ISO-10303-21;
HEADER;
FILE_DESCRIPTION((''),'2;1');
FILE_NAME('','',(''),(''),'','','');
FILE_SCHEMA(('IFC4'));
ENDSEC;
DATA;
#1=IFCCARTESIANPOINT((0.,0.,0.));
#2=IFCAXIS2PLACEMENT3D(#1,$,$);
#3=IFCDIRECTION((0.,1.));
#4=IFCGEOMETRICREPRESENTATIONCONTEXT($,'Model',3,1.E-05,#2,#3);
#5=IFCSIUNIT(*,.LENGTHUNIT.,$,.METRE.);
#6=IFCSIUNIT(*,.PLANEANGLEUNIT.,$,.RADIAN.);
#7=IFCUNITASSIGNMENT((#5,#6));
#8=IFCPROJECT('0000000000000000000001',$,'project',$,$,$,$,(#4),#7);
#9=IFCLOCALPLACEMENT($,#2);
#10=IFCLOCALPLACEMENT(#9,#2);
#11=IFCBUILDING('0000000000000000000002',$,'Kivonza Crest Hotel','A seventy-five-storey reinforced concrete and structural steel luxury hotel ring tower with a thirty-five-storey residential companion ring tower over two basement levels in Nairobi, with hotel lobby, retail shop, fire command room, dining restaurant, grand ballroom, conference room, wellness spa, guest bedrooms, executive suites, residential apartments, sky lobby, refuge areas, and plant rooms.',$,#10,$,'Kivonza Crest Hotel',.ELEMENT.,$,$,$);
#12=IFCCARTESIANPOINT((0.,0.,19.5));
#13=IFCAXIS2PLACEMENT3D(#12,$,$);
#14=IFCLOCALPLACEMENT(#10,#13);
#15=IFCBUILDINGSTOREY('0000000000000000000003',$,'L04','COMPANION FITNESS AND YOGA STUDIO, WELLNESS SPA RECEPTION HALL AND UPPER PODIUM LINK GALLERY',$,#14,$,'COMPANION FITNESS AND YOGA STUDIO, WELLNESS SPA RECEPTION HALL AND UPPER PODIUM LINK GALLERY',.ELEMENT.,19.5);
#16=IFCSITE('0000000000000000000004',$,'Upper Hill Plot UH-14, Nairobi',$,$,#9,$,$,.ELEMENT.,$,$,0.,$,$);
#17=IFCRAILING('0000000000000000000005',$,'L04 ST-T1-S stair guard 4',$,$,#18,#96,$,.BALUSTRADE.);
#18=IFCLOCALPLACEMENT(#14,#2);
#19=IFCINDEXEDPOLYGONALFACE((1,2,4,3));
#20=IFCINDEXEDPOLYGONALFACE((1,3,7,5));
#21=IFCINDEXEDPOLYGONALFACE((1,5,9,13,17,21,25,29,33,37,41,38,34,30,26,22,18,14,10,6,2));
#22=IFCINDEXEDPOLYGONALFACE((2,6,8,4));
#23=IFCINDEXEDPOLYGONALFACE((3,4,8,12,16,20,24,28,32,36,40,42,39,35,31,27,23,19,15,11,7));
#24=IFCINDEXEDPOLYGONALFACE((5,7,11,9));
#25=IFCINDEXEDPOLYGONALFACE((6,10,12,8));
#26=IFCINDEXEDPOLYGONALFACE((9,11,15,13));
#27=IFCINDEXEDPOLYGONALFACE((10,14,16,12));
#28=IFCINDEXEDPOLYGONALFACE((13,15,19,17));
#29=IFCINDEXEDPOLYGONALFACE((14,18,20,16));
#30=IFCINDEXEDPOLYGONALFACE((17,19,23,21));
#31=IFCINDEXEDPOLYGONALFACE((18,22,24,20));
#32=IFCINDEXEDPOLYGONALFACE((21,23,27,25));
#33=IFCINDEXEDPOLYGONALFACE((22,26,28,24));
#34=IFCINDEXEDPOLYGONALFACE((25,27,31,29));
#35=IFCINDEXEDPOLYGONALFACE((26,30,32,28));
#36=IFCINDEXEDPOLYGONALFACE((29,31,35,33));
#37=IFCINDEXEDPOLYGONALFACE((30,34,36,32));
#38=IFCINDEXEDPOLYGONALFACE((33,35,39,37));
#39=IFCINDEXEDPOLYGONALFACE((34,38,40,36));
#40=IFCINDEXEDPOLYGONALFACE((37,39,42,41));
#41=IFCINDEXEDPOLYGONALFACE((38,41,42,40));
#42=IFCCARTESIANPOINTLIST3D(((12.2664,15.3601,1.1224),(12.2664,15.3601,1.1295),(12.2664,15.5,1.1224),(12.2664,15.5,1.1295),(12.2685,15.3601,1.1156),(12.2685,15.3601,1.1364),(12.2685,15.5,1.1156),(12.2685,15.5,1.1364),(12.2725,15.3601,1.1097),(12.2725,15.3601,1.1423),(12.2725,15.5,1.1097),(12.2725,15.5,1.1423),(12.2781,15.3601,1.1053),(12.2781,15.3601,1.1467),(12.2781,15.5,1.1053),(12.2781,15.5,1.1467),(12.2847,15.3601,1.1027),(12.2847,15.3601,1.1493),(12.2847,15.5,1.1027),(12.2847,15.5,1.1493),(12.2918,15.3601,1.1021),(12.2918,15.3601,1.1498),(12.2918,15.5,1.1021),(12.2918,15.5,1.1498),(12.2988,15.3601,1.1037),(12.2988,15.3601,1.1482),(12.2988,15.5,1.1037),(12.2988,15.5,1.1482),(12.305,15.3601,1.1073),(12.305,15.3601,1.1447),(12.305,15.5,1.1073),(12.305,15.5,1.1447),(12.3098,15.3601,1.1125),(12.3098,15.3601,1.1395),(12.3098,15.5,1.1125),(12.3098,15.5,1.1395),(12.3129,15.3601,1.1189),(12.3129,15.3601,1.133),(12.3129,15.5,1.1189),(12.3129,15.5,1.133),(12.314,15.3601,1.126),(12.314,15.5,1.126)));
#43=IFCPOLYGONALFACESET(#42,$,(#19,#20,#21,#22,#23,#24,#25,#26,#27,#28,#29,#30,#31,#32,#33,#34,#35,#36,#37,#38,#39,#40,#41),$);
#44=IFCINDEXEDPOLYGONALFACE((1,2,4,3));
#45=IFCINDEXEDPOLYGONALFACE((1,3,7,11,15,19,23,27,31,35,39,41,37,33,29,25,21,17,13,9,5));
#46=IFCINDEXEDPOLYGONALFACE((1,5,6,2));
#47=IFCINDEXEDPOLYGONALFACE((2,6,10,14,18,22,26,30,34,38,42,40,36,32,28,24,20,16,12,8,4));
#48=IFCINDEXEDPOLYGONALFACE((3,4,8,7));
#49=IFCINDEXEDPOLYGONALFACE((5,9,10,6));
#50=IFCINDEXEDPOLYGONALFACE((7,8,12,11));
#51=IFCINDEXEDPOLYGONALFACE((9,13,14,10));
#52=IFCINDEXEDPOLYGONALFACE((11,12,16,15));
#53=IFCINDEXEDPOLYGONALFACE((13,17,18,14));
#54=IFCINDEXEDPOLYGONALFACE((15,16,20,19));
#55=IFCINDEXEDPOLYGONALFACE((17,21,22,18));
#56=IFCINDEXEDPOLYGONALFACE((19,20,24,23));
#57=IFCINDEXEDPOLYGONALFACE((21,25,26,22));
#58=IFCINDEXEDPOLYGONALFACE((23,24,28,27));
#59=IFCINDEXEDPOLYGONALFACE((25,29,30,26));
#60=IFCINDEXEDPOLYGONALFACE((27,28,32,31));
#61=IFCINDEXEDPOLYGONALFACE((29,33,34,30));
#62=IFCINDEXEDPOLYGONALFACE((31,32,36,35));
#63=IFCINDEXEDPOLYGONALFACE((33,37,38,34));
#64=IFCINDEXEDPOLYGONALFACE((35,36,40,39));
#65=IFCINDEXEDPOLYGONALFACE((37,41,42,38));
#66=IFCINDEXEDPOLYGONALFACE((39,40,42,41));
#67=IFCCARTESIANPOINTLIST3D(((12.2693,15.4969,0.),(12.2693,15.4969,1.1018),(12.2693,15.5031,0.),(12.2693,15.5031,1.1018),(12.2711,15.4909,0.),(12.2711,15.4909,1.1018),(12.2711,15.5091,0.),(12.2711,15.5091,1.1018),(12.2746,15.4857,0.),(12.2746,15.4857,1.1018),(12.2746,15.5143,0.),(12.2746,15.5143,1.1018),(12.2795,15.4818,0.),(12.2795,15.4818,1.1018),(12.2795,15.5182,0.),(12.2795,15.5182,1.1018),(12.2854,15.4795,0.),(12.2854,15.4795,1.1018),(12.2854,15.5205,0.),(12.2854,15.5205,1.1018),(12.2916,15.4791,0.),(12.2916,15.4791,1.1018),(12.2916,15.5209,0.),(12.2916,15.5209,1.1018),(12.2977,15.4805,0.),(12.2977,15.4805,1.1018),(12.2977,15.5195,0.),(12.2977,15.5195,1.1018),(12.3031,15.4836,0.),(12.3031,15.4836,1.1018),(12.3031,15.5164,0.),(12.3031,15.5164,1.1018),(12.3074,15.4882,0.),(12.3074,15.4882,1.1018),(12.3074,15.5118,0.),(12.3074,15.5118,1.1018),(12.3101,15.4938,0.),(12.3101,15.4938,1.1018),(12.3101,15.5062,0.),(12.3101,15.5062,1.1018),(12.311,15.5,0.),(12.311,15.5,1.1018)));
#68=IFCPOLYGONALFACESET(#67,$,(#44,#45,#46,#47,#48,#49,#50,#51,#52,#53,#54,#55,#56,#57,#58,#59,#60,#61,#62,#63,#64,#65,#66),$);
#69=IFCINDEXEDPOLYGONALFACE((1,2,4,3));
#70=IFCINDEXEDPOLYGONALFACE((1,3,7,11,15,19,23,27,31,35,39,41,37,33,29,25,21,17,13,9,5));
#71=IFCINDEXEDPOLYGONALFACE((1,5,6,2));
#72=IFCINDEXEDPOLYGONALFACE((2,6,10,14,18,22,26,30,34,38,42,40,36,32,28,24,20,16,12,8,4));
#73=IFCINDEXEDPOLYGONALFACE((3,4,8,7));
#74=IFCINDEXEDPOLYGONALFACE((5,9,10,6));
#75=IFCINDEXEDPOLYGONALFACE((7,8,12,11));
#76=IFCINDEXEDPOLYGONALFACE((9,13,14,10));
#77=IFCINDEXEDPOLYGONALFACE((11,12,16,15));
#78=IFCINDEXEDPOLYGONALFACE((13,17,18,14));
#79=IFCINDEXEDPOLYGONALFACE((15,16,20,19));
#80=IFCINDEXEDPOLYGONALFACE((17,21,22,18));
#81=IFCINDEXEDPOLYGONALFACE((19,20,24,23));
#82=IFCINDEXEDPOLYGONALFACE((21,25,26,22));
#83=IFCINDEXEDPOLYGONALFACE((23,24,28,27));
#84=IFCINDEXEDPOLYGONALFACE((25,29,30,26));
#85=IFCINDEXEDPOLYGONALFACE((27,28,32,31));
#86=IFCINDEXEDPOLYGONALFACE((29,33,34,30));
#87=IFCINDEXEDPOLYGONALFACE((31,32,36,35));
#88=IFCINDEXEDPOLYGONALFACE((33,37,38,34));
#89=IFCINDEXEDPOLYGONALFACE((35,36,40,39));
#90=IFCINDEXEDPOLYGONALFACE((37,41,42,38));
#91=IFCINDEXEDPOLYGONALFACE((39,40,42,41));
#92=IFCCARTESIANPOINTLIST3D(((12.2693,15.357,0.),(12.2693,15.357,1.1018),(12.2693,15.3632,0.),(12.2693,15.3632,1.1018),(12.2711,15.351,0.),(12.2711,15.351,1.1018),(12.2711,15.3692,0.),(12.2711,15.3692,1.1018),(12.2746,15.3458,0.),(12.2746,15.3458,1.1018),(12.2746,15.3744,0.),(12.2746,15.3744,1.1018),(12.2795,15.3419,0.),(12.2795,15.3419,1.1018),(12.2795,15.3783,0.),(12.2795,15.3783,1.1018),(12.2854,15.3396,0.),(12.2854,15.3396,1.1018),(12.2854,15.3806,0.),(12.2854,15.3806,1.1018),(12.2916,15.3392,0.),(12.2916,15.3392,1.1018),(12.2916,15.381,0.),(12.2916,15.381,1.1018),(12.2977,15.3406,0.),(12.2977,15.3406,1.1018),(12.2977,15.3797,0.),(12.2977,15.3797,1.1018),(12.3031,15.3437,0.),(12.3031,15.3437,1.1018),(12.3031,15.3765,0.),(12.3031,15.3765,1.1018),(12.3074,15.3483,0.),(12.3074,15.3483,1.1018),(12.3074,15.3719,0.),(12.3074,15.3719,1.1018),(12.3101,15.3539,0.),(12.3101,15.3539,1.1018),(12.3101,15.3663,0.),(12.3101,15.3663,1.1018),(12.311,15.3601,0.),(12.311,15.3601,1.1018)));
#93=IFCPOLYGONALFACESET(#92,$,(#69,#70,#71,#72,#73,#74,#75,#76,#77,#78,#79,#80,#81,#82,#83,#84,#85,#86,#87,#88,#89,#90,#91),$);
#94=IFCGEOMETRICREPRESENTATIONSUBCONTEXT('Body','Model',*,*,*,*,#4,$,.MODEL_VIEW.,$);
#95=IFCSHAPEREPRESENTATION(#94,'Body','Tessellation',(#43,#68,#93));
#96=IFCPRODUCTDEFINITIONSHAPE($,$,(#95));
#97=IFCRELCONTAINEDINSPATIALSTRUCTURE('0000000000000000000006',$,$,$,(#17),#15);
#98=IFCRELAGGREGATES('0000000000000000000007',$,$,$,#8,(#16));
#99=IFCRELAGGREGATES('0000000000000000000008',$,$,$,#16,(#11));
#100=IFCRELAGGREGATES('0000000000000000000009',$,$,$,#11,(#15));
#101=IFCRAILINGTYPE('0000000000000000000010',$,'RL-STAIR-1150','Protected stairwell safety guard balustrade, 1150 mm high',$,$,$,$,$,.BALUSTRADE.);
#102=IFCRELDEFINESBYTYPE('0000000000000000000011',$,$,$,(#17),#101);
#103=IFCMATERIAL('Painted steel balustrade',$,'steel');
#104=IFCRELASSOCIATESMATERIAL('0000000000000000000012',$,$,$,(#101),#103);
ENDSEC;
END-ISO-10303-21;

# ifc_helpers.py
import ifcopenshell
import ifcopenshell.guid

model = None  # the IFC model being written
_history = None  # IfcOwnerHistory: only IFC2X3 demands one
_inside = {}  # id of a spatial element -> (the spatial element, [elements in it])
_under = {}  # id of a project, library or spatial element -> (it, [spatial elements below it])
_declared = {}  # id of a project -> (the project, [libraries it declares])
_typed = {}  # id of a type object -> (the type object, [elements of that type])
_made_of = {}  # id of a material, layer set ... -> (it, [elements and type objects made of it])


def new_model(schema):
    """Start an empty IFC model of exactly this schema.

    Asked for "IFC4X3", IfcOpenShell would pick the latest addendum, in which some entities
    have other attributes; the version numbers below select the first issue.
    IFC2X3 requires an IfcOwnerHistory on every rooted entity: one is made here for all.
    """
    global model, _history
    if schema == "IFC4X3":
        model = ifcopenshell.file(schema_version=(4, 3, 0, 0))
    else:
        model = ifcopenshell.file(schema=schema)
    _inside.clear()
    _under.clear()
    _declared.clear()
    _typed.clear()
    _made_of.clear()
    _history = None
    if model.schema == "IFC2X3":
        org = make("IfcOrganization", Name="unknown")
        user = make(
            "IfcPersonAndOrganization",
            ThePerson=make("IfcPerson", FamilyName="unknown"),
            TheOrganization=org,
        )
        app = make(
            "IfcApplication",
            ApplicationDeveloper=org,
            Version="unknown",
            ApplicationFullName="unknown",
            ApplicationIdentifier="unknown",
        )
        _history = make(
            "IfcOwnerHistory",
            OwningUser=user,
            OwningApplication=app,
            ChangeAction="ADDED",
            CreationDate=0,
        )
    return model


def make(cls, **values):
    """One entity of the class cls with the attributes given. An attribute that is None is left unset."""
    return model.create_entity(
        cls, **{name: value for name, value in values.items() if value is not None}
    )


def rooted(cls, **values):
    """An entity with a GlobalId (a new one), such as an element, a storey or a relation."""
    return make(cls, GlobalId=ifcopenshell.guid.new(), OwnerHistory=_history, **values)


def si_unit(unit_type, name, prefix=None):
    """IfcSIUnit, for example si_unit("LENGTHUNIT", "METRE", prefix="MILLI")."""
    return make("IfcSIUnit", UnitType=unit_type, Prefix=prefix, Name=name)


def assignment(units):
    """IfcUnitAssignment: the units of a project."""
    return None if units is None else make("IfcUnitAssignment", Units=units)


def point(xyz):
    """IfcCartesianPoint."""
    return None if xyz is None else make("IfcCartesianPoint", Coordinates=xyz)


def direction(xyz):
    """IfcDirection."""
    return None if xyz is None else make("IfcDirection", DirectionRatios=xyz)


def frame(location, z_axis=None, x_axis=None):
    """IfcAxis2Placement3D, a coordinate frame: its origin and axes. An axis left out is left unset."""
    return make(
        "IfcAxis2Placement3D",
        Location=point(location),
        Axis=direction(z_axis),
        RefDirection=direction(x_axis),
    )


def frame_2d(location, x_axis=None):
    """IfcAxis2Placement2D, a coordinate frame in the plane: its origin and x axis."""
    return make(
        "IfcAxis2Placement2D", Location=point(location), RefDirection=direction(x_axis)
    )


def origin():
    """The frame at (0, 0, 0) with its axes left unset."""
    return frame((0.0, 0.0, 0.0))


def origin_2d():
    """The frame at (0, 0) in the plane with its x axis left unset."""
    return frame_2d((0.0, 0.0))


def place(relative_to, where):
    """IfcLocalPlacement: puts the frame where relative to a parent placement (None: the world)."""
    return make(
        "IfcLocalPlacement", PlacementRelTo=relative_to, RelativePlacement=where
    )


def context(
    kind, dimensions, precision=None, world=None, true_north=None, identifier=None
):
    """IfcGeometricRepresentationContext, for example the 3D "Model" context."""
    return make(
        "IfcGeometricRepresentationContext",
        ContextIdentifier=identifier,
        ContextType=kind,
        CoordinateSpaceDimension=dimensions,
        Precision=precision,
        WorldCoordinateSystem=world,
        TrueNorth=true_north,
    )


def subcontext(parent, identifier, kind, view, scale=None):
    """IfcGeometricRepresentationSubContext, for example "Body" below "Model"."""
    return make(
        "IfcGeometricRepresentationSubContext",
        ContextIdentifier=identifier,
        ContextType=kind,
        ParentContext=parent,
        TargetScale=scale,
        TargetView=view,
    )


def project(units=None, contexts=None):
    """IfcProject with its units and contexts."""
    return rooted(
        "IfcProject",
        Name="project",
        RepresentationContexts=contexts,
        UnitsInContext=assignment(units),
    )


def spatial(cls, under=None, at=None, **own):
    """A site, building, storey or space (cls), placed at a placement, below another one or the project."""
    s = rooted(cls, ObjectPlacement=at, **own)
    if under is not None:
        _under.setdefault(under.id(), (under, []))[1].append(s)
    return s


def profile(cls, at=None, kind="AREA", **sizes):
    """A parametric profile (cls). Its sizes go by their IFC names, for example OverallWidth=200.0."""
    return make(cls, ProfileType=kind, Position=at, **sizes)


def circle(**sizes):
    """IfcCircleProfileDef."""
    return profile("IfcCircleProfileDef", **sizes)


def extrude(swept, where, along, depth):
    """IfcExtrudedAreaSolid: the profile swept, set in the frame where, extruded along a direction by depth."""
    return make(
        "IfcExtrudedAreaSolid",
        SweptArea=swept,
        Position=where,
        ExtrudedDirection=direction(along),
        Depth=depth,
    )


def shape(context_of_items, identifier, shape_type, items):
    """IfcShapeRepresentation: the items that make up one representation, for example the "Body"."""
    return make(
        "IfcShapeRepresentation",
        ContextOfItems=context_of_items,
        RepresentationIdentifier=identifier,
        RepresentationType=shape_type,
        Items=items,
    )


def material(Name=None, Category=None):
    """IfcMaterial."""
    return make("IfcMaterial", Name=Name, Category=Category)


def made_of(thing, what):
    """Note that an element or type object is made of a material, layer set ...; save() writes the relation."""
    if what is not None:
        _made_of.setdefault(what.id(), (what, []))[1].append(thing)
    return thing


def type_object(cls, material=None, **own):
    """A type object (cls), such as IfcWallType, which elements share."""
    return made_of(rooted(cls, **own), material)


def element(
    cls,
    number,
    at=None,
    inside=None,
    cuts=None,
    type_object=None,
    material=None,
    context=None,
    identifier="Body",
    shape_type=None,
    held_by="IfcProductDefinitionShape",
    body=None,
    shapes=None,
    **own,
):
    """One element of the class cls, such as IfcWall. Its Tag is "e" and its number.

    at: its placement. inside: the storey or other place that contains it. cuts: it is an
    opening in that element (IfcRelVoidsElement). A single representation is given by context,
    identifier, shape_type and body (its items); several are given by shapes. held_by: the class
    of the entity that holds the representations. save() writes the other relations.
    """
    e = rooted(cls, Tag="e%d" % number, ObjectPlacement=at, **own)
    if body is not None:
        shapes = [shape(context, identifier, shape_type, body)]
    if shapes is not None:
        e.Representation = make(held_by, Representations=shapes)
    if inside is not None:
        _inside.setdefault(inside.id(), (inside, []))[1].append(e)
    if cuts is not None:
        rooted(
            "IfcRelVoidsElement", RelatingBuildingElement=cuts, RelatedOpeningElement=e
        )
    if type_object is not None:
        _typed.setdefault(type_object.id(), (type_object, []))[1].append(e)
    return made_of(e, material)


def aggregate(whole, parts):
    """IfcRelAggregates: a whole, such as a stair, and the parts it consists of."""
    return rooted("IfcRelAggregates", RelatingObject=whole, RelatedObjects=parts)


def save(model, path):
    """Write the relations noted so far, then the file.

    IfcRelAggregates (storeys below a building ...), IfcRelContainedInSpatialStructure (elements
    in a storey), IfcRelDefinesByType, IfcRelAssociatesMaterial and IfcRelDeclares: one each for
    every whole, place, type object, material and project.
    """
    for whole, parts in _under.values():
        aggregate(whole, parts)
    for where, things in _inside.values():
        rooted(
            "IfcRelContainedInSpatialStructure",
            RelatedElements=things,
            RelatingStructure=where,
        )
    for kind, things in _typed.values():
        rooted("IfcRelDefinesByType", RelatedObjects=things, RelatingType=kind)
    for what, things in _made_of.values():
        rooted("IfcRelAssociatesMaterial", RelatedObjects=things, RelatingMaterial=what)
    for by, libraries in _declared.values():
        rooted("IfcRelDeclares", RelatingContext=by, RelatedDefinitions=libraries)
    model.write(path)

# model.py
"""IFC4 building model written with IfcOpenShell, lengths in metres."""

from ifc_helpers import new_model, si_unit, direction, frame, origin, origin_2d, place, context, subcontext, project, spatial, circle, extrude, material, type_object, element, save


model = new_model("IFC4")

# Units and contexts
model_context = context("Model", 3, precision=1e-05, world=origin(), true_north=direction((0.0, 1.0)))
body_context = subcontext(model_context, "Body", "Model", "MODEL_VIEW")
ifc_project = project(units=[si_unit("LENGTHUNIT", "METRE"), si_unit("PLANEANGLEUNIT", "RADIAN")], contexts=[model_context])

# Site, building, storey
site_placement = place(None, origin())
site = spatial("IfcSite", under=ifc_project, at=site_placement, Name="Upper Hill Plot UH-14, Nairobi", CompositionType="ELEMENT", RefElevation=0.0)
building_placement = place(site_placement, origin())
building = spatial("IfcBuilding", under=site, at=building_placement, Name="Kivonza Crest Hotel", Description="A seventy-five-storey reinforced concrete and structural steel luxury hotel ring tower with a thirty-five-storey residential companion ring tower over two basement levels in Nairobi, with hotel lobby, retail shop, fire command room, dining restaurant, grand ballroom, conference room, wellness spa, guest bedrooms, executive suites, residential apartments, sky lobby, refuge areas, and plant rooms.", LongName="Kivonza Crest Hotel", CompositionType="ELEMENT")
storey_placement = place(building_placement, frame((0.0, 0.0, 19.5)))
storey = spatial("IfcBuildingStorey", under=building, at=storey_placement, Name="L04", Description="COMPANION FITNESS AND YOGA STUDIO, WELLNESS SPA RECEPTION HALL AND UPPER PODIUM LINK GALLERY", LongName="COMPANION FITNESS AND YOGA STUDIO, WELLNESS SPA RECEPTION HALL AND UPPER PODIUM LINK GALLERY", CompositionType="ELEMENT", Elevation=19.5)

# Railing
ifc_material_1 = material(Name="Painted steel balustrade", Category="steel")
railing_type_1 = type_object("IfcRailingType", Name="RL-STAIR-1150", Description="Protected stairwell safety guard balustrade, 1150 mm high", PredefinedType="BALUSTRADE", material=ifc_material_1)
railing_1_placement = place(storey_placement, frame((12.29, 15.5, 0.0)))
element("IfcRailing", 1, at=railing_1_placement, inside=storey, type_object=railing_type_1, Name="L04 ST-T1-S stair guard 4", PredefinedType="BALUSTRADE", context=body_context, shape_type="SweptSolid", body=[
    extrude(circle(Radius=0.0239, at=origin_2d()), frame((0.0, 0.0, 1.126), z_axis=(0.0, -1.0, 0.0), x_axis=(1.0, 0.0, 0.0)), (0.0, 0.0, 1.0), 0.1399),
    extrude(circle(Radius=0.021, at=origin_2d()), origin(), (0.0, 0.0, 1.0), 1.1018),
    extrude(circle(Radius=0.021, at=origin_2d()), frame((0.0, -0.1399, 0.0)), (0.0, 0.0, 1.0), 1.1018),
])

save(model, "model.ifc")
